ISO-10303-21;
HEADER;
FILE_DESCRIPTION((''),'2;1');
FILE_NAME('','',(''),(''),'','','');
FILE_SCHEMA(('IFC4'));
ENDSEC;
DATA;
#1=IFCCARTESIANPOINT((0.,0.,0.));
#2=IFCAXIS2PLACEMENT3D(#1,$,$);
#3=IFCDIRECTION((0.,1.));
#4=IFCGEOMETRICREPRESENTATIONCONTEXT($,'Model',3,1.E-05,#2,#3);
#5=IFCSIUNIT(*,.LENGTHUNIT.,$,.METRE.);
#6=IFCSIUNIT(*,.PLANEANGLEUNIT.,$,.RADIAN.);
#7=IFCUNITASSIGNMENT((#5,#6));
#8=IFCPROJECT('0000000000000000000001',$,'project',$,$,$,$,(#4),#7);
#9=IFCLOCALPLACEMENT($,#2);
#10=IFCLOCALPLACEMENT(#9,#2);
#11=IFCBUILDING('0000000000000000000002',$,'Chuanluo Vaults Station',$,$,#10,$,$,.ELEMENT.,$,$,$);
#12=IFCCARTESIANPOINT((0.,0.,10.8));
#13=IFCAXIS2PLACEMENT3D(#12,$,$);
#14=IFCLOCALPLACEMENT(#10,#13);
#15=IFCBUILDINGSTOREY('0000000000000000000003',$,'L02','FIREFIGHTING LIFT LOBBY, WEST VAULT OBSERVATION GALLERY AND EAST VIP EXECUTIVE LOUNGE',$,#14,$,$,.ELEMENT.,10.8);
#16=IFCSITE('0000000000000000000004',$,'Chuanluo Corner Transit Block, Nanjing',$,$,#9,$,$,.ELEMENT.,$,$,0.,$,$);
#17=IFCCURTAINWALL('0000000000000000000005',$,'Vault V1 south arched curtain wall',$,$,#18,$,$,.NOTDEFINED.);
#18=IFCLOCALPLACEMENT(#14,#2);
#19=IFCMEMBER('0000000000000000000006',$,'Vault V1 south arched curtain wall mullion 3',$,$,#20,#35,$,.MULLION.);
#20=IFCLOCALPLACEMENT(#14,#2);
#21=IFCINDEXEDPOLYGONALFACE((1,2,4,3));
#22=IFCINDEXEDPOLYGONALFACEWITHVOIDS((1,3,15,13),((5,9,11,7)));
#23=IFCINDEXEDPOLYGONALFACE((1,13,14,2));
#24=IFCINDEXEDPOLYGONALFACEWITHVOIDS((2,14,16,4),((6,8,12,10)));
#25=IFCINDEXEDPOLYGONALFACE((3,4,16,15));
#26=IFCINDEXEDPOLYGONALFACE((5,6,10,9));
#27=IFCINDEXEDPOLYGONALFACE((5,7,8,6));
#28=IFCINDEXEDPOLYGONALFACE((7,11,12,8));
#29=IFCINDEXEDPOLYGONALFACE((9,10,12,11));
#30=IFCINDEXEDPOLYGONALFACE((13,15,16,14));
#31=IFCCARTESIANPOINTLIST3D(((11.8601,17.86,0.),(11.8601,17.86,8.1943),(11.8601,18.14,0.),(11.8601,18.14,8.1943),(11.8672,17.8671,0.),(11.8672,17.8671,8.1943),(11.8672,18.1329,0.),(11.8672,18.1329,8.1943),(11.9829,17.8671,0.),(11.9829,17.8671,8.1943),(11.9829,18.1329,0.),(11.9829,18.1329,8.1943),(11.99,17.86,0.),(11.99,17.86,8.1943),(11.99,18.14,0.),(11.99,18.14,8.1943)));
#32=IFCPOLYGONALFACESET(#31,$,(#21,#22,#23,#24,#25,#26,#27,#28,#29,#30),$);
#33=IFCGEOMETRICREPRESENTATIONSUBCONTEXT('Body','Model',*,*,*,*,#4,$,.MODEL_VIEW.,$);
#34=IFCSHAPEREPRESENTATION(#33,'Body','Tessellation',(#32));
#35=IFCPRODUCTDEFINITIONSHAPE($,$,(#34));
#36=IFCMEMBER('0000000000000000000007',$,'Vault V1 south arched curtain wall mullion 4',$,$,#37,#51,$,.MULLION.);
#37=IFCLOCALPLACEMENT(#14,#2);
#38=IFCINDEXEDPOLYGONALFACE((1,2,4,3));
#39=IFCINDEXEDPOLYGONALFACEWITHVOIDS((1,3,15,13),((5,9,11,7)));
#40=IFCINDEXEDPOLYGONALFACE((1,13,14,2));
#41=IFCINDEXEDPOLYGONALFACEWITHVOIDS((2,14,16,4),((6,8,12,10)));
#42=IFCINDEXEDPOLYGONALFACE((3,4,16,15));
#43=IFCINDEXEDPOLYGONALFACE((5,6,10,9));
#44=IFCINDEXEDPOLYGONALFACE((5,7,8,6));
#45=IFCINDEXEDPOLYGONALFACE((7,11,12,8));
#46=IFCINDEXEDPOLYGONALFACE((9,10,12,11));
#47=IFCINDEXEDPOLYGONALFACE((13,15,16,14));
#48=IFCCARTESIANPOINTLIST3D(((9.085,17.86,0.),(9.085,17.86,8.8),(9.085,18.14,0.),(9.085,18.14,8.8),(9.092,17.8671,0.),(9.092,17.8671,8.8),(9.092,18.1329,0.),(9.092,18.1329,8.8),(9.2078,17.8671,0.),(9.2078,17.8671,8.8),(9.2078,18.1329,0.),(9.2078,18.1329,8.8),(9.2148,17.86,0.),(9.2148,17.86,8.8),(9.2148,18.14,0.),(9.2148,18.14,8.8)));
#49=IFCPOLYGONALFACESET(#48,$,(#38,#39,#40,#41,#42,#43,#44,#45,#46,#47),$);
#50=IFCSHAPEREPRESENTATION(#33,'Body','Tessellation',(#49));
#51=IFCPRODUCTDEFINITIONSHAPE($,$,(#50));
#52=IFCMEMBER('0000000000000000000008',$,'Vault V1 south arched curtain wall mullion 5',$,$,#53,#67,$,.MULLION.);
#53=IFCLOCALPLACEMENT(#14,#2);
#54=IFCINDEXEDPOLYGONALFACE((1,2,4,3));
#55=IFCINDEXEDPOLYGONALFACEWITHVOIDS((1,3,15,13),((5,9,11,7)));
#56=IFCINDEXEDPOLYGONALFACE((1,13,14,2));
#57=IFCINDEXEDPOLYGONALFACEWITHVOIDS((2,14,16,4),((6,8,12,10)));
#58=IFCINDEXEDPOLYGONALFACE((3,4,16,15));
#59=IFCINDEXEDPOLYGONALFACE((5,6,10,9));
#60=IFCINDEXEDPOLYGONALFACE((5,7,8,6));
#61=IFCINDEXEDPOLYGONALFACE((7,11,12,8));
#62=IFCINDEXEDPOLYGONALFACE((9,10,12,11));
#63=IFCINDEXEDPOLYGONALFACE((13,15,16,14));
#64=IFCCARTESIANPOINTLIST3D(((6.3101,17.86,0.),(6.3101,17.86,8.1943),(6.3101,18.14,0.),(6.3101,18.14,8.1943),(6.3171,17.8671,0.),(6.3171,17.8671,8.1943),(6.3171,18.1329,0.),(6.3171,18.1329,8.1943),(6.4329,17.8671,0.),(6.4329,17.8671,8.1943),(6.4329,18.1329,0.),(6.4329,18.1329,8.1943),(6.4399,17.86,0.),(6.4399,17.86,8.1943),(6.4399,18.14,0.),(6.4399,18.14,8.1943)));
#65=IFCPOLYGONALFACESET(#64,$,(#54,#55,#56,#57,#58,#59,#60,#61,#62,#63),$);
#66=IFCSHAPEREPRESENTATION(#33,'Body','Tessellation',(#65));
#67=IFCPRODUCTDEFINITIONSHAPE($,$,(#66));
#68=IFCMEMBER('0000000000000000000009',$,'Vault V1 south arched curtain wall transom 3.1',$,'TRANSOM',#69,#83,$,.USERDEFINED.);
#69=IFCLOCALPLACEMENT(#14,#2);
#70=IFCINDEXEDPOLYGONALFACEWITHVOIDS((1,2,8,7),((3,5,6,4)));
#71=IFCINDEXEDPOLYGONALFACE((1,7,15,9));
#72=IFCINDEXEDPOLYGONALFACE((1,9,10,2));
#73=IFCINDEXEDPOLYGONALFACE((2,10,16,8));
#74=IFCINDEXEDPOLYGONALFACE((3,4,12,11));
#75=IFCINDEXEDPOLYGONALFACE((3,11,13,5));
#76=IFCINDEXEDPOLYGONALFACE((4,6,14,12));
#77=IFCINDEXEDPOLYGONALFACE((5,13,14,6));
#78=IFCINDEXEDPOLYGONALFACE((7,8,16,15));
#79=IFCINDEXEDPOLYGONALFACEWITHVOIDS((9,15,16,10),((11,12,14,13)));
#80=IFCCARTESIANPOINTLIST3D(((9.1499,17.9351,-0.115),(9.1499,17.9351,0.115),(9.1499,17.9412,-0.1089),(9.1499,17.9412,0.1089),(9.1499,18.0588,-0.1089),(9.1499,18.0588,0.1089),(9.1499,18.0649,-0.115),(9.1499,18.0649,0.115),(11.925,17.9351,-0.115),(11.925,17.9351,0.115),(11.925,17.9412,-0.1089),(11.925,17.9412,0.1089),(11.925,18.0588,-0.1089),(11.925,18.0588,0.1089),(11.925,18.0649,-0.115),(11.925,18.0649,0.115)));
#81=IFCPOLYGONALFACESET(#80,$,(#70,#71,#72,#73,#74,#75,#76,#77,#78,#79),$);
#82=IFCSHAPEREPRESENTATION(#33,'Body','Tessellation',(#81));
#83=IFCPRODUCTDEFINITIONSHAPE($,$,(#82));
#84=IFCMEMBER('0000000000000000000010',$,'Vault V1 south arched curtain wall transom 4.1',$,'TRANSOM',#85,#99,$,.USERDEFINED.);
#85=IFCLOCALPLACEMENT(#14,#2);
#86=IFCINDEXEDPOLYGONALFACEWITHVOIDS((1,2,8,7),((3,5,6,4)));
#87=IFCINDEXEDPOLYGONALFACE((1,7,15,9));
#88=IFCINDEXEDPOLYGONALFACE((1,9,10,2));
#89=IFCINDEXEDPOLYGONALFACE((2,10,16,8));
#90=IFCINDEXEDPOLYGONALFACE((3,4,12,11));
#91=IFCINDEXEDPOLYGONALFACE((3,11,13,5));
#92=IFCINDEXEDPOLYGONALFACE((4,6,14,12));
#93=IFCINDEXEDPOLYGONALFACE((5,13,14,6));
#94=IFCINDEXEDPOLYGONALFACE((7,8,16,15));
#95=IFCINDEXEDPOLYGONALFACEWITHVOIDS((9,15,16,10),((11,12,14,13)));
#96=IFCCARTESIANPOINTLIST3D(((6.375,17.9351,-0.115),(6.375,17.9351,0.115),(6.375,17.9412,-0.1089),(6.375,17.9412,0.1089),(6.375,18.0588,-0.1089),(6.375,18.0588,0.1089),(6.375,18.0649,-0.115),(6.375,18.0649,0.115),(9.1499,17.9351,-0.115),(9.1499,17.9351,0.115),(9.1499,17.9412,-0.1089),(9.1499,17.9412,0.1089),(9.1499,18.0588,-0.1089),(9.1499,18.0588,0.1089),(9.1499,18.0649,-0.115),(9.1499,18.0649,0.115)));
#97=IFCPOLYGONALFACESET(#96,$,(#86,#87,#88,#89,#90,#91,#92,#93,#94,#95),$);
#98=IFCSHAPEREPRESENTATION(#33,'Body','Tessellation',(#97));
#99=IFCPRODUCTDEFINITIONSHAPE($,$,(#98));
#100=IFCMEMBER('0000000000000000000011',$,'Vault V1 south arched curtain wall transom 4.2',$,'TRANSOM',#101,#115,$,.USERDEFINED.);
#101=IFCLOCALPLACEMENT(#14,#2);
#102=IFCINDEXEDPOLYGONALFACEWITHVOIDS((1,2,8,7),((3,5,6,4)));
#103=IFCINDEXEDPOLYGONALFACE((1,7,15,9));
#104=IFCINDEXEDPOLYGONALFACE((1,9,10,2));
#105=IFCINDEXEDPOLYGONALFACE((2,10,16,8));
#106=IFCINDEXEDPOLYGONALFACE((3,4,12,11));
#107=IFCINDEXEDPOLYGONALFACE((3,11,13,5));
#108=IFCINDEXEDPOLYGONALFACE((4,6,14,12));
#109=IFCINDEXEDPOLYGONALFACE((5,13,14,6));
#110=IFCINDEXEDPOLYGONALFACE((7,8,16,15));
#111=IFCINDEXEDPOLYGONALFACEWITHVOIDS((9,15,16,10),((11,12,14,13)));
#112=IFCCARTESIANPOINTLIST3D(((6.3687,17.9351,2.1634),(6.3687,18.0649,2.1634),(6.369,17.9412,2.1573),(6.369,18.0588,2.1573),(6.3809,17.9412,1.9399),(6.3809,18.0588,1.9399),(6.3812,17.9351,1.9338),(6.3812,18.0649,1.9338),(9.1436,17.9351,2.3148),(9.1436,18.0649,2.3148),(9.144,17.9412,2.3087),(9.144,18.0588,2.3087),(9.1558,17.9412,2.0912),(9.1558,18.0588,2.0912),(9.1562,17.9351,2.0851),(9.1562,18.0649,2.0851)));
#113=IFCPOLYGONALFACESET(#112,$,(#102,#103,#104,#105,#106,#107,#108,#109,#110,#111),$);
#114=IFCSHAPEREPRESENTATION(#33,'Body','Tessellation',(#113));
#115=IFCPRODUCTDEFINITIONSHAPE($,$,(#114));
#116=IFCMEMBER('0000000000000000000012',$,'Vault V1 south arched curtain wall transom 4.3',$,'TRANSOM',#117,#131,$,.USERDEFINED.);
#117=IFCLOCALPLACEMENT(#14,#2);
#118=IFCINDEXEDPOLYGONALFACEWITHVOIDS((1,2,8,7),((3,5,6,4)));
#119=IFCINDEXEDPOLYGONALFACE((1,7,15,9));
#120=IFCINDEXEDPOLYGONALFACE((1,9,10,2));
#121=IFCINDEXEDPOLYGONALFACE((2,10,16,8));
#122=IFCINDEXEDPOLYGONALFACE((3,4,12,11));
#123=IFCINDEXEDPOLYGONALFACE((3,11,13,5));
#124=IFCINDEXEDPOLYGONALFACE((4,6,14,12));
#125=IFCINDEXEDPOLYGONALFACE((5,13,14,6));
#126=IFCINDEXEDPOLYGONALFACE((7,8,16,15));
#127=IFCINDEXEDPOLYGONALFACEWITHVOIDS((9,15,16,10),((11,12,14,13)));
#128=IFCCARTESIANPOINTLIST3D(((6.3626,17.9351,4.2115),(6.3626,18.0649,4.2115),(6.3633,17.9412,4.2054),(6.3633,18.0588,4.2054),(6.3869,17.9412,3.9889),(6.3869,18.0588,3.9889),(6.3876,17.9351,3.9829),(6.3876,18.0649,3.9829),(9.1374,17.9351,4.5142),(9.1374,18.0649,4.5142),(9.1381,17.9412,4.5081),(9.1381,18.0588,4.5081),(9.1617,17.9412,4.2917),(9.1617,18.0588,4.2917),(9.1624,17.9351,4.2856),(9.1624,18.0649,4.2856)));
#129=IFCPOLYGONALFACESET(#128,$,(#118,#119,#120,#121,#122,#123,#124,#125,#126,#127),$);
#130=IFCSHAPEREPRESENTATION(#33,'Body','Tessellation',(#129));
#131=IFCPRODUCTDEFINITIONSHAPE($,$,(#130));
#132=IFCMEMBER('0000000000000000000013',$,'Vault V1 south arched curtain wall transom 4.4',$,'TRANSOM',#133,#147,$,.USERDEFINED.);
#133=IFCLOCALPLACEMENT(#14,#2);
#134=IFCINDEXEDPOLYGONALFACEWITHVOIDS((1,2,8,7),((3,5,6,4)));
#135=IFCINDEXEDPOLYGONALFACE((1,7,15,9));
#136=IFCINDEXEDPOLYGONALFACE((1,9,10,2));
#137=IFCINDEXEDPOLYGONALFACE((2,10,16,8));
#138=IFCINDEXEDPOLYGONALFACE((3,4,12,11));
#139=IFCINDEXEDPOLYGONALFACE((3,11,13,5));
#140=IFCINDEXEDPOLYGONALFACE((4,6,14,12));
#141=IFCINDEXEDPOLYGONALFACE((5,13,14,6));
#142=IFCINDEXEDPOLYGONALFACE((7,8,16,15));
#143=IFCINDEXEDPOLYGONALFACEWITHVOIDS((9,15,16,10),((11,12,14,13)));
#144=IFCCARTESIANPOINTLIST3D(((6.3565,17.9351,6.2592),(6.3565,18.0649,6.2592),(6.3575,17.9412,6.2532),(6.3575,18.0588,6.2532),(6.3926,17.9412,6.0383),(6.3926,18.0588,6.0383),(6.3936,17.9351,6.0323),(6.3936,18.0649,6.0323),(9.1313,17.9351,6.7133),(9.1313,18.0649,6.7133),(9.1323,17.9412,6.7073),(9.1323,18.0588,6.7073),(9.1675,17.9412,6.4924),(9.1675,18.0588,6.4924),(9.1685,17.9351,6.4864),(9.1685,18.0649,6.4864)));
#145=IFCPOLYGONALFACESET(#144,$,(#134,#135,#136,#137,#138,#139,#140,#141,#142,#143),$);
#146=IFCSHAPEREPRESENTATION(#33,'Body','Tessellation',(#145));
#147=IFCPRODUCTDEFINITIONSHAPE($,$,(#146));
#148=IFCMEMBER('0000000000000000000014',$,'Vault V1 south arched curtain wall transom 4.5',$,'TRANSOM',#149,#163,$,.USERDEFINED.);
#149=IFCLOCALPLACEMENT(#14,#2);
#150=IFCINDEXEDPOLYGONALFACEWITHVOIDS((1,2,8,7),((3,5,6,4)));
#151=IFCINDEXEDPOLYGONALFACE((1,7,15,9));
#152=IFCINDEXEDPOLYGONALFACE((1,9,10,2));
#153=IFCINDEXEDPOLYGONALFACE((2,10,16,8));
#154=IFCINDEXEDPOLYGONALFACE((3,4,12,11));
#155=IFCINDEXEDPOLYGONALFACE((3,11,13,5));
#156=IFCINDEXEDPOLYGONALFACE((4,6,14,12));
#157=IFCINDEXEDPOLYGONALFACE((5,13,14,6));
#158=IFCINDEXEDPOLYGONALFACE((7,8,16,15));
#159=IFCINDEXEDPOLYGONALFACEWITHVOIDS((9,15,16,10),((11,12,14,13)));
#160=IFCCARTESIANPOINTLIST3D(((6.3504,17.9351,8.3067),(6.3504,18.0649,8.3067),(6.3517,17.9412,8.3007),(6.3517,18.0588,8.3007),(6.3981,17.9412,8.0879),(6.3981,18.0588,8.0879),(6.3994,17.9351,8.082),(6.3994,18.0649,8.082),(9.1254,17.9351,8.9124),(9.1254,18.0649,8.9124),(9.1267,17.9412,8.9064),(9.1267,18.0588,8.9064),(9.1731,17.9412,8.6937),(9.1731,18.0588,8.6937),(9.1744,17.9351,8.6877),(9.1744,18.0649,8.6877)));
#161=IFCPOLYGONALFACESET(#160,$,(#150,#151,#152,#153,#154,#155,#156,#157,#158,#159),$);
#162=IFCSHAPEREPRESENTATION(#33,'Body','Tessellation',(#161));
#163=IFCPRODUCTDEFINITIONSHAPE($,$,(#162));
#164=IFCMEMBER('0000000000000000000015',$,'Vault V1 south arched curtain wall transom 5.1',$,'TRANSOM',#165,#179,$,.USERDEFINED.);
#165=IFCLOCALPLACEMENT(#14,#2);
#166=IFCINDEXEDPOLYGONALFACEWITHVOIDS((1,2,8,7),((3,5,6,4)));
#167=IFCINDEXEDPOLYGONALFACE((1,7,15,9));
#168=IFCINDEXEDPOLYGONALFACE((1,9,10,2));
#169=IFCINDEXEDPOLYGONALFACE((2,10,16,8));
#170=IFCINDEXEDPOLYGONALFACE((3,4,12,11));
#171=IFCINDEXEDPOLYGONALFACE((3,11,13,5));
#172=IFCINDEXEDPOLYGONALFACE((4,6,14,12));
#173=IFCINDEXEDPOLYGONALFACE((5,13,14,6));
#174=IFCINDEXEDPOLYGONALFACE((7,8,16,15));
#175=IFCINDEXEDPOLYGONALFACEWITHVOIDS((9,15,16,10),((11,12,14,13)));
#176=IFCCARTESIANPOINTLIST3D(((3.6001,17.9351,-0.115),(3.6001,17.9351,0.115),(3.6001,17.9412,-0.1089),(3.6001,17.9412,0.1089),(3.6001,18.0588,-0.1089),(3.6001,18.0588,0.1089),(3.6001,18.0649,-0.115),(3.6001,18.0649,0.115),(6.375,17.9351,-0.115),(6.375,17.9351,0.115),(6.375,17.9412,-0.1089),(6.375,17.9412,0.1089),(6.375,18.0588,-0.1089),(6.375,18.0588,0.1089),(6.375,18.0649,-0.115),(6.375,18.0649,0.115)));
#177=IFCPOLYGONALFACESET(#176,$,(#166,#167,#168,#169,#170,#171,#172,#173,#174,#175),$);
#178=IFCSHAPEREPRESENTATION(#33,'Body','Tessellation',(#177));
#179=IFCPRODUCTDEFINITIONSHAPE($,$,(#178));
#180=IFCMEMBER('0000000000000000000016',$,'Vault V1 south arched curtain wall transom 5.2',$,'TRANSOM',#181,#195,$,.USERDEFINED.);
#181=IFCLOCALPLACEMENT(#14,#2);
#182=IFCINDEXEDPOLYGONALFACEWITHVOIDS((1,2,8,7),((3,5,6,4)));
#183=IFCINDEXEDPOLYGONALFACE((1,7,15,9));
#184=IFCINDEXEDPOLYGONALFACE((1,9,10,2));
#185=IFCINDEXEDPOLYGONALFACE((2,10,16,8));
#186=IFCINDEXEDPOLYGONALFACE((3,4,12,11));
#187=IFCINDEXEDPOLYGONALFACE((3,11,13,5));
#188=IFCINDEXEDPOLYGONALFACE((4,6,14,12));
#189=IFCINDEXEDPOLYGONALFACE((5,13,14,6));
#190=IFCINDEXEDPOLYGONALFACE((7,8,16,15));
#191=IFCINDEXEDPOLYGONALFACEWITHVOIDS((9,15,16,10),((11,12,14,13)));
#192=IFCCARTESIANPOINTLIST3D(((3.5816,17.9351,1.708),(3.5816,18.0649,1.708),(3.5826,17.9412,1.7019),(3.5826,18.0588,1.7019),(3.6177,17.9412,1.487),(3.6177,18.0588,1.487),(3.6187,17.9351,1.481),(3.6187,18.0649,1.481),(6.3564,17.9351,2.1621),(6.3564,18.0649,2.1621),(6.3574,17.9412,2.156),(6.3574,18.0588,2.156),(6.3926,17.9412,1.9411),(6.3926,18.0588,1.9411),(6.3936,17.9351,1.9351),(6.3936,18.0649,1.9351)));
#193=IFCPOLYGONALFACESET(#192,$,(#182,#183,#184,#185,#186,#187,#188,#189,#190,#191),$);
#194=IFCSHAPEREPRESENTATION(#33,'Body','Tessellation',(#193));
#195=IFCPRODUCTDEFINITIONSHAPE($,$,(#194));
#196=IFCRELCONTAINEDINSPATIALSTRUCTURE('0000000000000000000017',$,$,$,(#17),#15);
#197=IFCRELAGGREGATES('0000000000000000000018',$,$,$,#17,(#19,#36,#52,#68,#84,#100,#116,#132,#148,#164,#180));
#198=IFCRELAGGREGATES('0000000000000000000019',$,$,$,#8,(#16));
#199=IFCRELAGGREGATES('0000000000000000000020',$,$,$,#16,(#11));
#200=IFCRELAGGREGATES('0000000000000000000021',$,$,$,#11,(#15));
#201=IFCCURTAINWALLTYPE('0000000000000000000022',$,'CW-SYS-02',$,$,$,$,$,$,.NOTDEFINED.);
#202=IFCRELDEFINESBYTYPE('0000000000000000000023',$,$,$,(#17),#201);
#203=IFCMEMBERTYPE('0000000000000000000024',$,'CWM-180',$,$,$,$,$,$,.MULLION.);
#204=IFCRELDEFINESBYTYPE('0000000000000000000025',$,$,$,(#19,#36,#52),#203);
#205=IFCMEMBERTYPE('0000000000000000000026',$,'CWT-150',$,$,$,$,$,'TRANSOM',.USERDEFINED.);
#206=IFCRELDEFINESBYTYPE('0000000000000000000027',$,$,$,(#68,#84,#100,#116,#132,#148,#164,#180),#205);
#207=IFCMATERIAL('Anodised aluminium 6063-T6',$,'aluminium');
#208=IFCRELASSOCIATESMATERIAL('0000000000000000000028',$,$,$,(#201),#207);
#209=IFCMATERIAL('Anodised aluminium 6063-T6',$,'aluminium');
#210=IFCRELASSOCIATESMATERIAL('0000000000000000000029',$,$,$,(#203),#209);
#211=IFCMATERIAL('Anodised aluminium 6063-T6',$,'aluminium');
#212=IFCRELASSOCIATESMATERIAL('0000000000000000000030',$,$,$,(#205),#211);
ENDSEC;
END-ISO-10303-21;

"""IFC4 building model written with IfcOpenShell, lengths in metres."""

from ifc_helpers import new_model, si_unit, direction, frame, origin, origin_2d, place, context, subcontext, project, spatial, hollow_rectangle, extrude, material, material_profile, profile_set, type_object, element, aggregate, save


model = new_model("IFC4")

# Units and contexts
model_context = context("Model", 3, precision=1e-05, world=origin(), true_north=direction((0.0, 1.0)))
body_context = subcontext(model_context, "Body", "Model", "MODEL_VIEW")
ifc_project = project(units=[si_unit("LENGTHUNIT", "METRE"), si_unit("PLANEANGLEUNIT", "RADIAN")], contexts=[model_context])

# Site, building, storey
site_placement = place(None, origin())
site = spatial("IfcSite", under=ifc_project, at=site_placement, Name="Chuanluo Corner Transit Block, Nanjing", CompositionType="ELEMENT", RefElevation=0.0)
building_placement = place(site_placement, origin())
building = spatial("IfcBuilding", under=site, at=building_placement, Name="Chuanluo Vaults Station", CompositionType="ELEMENT")
storey_placement = place(building_placement, frame((0.0, 0.0, 10.8)))
storey = spatial("IfcBuildingStorey", under=building, at=storey_placement, Name="L02", Description="FIREFIGHTING LIFT LOBBY, WEST VAULT OBSERVATION GALLERY AND EAST VIP EXECUTIVE LOUNGE", CompositionType="ELEMENT", Elevation=10.8)

# Curtain wall, members
ifc_material_1 = material(Name="Anodised aluminium 6063-T6", Category="aluminium")
curtain_wall_type = type_object("IfcCurtainWallType", Name="CW-SYS-02", PredefinedType="NOTDEFINED", material=ifc_material_1)
curtain_wall_placement = place(storey_placement, origin())
curtain_wall = element("IfcCurtainWall", 1, at=curtain_wall_placement, inside=storey, type_object=curtain_wall_type, Name="Vault V1 south arched curtain wall", PredefinedType="NOTDEFINED")
ifc_material_2 = material(Name="Anodised aluminium 6063-T6", Category="aluminium")
ifc_material_profile_1 = material_profile(ifc_material_2, hollow_rectangle(XDim=0.1299, YDim=0.28, WallThickness=0.0071, at=origin_2d()))
ifc_profile_set_1 = profile_set([ifc_material_profile_1], Name="Anodised aluminium 6063-T6")
member_type_1 = type_object("IfcMemberType", Name="CWM-180", PredefinedType="MULLION", material=ifc_profile_set_1)
member_1_placement = place(storey_placement, frame((11.925, 18.0, 0.0), z_axis=(0.0, 0.0, 1.0), x_axis=(-1.0, 0.0, 0.0)))
member_1 = element("IfcMember", 2, at=member_1_placement, type_object=member_type_1, Name="Vault V1 south arched curtain wall mullion 3", PredefinedType="MULLION", context=body_context, shape_type="SweptSolid", body=[
    extrude(hollow_rectangle(XDim=0.1299, YDim=0.28, WallThickness=0.0071, at=origin_2d()), origin(), (0.0, 0.0, 1.0), 8.1943),
])
member_2_placement = place(storey_placement, frame((9.1499, 18.0, 0.0), z_axis=(0.0, 0.0, 1.0), x_axis=(-1.0, 0.0, 0.0)))
member_2 = element("IfcMember", 3, at=member_2_placement, type_object=member_type_1, Name="Vault V1 south arched curtain wall mullion 4", PredefinedType="MULLION", context=body_context, shape_type="SweptSolid", body=[
    extrude(hollow_rectangle(XDim=0.1299, YDim=0.28, WallThickness=0.0071, at=origin_2d()), origin(), (0.0, 0.0, 1.0), 8.8),
])
member_3_placement = place(storey_placement, frame((6.375, 18.0, 0.0), z_axis=(0.0, 0.0, 1.0), x_axis=(-1.0, 0.0, 0.0)))
member_3 = element("IfcMember", 4, at=member_3_placement, type_object=member_type_1, Name="Vault V1 south arched curtain wall mullion 5", PredefinedType="MULLION", context=body_context, shape_type="SweptSolid", body=[
    extrude(hollow_rectangle(XDim=0.1299, YDim=0.28, WallThickness=0.0071, at=origin_2d()), origin(), (0.0, 0.0, 1.0), 8.1943),
])
ifc_material_3 = material(Name="Anodised aluminium 6063-T6", Category="aluminium")
ifc_material_profile_2 = material_profile(ifc_material_3, hollow_rectangle(XDim=0.1299, YDim=0.23, WallThickness=0.0061, at=origin_2d()))
ifc_profile_set_2 = profile_set([ifc_material_profile_2], Name="Anodised aluminium 6063-T6")
member_type_2 = type_object("IfcMemberType", Name="CWT-150", ElementType="TRANSOM", PredefinedType="USERDEFINED", material=ifc_profile_set_2)
member_4_placement = place(storey_placement, frame((11.925, 18.0, 0.0), z_axis=(-1.0, 0.0, 0.0), x_axis=(0.0, -1.0, 0.0)))
member_4 = element("IfcMember", 5, at=member_4_placement, type_object=member_type_2, Name="Vault V1 south arched curtain wall transom 3.1", ObjectType="TRANSOM", PredefinedType="USERDEFINED", context=body_context, shape_type="SweptSolid", body=[
    extrude(hollow_rectangle(XDim=0.1299, YDim=0.23, WallThickness=0.0061, at=origin_2d()), origin(), (0.0, 0.0, 1.0), 2.7751),
])
member_5_placement = place(storey_placement, frame((9.1499, 18.0, 0.0), z_axis=(-1.0, 0.0, 0.0), x_axis=(0.0, -1.0, 0.0)))
member_5 = element("IfcMember", 6, at=member_5_placement, type_object=member_type_2, Name="Vault V1 south arched curtain wall transom 4.1", ObjectType="TRANSOM", PredefinedType="USERDEFINED", context=body_context, shape_type="SweptSolid", body=[
    extrude(hollow_rectangle(XDim=0.1299, YDim=0.23, WallThickness=0.0061, at=origin_2d()), origin(), (0.0, 0.0, 1.0), 2.7749),
])
member_6_placement = place(storey_placement, frame((9.1499, 18.0, 2.2), z_axis=(-0.998516, 0.0, -0.054468), x_axis=(0.0, -1.0, 0.0)))
member_6 = element("IfcMember", 7, at=member_6_placement, type_object=member_type_2, Name="Vault V1 south arched curtain wall transom 4.2", ObjectType="TRANSOM", PredefinedType="USERDEFINED", context=body_context, shape_type="SweptSolid", body=[
    extrude(hollow_rectangle(XDim=0.1299, YDim=0.23, WallThickness=0.0061, at=origin_2d()), origin(), (0.0, 0.0, 1.0), 2.7791),
])
member_7_placement = place(storey_placement, frame((9.1499, 18.0, 4.3999), z_axis=(-0.994101, 0.0, -0.108454), x_axis=(0.0, -1.0, 0.0)))
member_7 = element("IfcMember", 8, at=member_7_placement, type_object=member_type_2, Name="Vault V1 south arched curtain wall transom 4.3", ObjectType="TRANSOM", PredefinedType="USERDEFINED", context=body_context, shape_type="SweptSolid", body=[
    extrude(hollow_rectangle(XDim=0.1299, YDim=0.23, WallThickness=0.0061, at=origin_2d()), origin(), (0.0, 0.0, 1.0), 2.7913),
])
member_8_placement = place(storey_placement, frame((9.1499, 18.0, 6.5999), z_axis=(-0.986873, 0.0, -0.161498), x_axis=(0.0, -1.0, 0.0)))
member_8 = element("IfcMember", 9, at=member_8_placement, type_object=member_type_2, Name="Vault V1 south arched curtain wall transom 4.4", ObjectType="TRANSOM", PredefinedType="USERDEFINED", context=body_context, shape_type="SweptSolid", body=[
    extrude(hollow_rectangle(XDim=0.1299, YDim=0.23, WallThickness=0.0061, at=origin_2d()), origin(), (0.0, 0.0, 1.0), 2.8118),
])
member_9_placement = place(storey_placement, frame((9.1499, 18.0, 8.8), z_axis=(-0.976995, 0.0, -0.213261), x_axis=(0.0, -1.0, 0.0)))
member_9 = element("IfcMember", 10, at=member_9_placement, type_object=member_type_2, Name="Vault V1 south arched curtain wall transom 4.5", ObjectType="TRANSOM", PredefinedType="USERDEFINED", context=body_context, shape_type="SweptSolid", body=[
    extrude(hollow_rectangle(XDim=0.1299, YDim=0.23, WallThickness=0.0061, at=origin_2d()), origin(), (0.0, 0.0, 1.0), 2.8403),
])
member_10_placement = place(storey_placement, frame((6.375, 18.0, 0.0), z_axis=(-1.0, 0.0, 0.0), x_axis=(0.0, -1.0, 0.0)))
member_10 = element("IfcMember", 11, at=member_10_placement, type_object=member_type_2, Name="Vault V1 south arched curtain wall transom 5.1", ObjectType="TRANSOM", PredefinedType="USERDEFINED", context=body_context, shape_type="SweptSolid", body=[
    extrude(hollow_rectangle(XDim=0.1299, YDim=0.23, WallThickness=0.0061, at=origin_2d()), origin(), (0.0, 0.0, 1.0), 2.7749),
])
member_11_placement = place(storey_placement, frame((6.375, 18.0, 2.0486), z_axis=(-0.986873, 0.0, -0.161498), x_axis=(0.0, -1.0, 0.0)))
member_11 = element("IfcMember", 12, at=member_11_placement, type_object=member_type_2, Name="Vault V1 south arched curtain wall transom 5.2", ObjectType="TRANSOM", PredefinedType="USERDEFINED", context=body_context, shape_type="SweptSolid", body=[
    extrude(hollow_rectangle(XDim=0.1299, YDim=0.23, WallThickness=0.0061, at=origin_2d()), origin(), (0.0, 0.0, 1.0), 2.8118),
])
aggregate(curtain_wall, [member_1, member_2, member_3, member_4, member_5, member_6, member_7, member_8, member_9, member_10, member_11])

save(model, "model.ifc")
